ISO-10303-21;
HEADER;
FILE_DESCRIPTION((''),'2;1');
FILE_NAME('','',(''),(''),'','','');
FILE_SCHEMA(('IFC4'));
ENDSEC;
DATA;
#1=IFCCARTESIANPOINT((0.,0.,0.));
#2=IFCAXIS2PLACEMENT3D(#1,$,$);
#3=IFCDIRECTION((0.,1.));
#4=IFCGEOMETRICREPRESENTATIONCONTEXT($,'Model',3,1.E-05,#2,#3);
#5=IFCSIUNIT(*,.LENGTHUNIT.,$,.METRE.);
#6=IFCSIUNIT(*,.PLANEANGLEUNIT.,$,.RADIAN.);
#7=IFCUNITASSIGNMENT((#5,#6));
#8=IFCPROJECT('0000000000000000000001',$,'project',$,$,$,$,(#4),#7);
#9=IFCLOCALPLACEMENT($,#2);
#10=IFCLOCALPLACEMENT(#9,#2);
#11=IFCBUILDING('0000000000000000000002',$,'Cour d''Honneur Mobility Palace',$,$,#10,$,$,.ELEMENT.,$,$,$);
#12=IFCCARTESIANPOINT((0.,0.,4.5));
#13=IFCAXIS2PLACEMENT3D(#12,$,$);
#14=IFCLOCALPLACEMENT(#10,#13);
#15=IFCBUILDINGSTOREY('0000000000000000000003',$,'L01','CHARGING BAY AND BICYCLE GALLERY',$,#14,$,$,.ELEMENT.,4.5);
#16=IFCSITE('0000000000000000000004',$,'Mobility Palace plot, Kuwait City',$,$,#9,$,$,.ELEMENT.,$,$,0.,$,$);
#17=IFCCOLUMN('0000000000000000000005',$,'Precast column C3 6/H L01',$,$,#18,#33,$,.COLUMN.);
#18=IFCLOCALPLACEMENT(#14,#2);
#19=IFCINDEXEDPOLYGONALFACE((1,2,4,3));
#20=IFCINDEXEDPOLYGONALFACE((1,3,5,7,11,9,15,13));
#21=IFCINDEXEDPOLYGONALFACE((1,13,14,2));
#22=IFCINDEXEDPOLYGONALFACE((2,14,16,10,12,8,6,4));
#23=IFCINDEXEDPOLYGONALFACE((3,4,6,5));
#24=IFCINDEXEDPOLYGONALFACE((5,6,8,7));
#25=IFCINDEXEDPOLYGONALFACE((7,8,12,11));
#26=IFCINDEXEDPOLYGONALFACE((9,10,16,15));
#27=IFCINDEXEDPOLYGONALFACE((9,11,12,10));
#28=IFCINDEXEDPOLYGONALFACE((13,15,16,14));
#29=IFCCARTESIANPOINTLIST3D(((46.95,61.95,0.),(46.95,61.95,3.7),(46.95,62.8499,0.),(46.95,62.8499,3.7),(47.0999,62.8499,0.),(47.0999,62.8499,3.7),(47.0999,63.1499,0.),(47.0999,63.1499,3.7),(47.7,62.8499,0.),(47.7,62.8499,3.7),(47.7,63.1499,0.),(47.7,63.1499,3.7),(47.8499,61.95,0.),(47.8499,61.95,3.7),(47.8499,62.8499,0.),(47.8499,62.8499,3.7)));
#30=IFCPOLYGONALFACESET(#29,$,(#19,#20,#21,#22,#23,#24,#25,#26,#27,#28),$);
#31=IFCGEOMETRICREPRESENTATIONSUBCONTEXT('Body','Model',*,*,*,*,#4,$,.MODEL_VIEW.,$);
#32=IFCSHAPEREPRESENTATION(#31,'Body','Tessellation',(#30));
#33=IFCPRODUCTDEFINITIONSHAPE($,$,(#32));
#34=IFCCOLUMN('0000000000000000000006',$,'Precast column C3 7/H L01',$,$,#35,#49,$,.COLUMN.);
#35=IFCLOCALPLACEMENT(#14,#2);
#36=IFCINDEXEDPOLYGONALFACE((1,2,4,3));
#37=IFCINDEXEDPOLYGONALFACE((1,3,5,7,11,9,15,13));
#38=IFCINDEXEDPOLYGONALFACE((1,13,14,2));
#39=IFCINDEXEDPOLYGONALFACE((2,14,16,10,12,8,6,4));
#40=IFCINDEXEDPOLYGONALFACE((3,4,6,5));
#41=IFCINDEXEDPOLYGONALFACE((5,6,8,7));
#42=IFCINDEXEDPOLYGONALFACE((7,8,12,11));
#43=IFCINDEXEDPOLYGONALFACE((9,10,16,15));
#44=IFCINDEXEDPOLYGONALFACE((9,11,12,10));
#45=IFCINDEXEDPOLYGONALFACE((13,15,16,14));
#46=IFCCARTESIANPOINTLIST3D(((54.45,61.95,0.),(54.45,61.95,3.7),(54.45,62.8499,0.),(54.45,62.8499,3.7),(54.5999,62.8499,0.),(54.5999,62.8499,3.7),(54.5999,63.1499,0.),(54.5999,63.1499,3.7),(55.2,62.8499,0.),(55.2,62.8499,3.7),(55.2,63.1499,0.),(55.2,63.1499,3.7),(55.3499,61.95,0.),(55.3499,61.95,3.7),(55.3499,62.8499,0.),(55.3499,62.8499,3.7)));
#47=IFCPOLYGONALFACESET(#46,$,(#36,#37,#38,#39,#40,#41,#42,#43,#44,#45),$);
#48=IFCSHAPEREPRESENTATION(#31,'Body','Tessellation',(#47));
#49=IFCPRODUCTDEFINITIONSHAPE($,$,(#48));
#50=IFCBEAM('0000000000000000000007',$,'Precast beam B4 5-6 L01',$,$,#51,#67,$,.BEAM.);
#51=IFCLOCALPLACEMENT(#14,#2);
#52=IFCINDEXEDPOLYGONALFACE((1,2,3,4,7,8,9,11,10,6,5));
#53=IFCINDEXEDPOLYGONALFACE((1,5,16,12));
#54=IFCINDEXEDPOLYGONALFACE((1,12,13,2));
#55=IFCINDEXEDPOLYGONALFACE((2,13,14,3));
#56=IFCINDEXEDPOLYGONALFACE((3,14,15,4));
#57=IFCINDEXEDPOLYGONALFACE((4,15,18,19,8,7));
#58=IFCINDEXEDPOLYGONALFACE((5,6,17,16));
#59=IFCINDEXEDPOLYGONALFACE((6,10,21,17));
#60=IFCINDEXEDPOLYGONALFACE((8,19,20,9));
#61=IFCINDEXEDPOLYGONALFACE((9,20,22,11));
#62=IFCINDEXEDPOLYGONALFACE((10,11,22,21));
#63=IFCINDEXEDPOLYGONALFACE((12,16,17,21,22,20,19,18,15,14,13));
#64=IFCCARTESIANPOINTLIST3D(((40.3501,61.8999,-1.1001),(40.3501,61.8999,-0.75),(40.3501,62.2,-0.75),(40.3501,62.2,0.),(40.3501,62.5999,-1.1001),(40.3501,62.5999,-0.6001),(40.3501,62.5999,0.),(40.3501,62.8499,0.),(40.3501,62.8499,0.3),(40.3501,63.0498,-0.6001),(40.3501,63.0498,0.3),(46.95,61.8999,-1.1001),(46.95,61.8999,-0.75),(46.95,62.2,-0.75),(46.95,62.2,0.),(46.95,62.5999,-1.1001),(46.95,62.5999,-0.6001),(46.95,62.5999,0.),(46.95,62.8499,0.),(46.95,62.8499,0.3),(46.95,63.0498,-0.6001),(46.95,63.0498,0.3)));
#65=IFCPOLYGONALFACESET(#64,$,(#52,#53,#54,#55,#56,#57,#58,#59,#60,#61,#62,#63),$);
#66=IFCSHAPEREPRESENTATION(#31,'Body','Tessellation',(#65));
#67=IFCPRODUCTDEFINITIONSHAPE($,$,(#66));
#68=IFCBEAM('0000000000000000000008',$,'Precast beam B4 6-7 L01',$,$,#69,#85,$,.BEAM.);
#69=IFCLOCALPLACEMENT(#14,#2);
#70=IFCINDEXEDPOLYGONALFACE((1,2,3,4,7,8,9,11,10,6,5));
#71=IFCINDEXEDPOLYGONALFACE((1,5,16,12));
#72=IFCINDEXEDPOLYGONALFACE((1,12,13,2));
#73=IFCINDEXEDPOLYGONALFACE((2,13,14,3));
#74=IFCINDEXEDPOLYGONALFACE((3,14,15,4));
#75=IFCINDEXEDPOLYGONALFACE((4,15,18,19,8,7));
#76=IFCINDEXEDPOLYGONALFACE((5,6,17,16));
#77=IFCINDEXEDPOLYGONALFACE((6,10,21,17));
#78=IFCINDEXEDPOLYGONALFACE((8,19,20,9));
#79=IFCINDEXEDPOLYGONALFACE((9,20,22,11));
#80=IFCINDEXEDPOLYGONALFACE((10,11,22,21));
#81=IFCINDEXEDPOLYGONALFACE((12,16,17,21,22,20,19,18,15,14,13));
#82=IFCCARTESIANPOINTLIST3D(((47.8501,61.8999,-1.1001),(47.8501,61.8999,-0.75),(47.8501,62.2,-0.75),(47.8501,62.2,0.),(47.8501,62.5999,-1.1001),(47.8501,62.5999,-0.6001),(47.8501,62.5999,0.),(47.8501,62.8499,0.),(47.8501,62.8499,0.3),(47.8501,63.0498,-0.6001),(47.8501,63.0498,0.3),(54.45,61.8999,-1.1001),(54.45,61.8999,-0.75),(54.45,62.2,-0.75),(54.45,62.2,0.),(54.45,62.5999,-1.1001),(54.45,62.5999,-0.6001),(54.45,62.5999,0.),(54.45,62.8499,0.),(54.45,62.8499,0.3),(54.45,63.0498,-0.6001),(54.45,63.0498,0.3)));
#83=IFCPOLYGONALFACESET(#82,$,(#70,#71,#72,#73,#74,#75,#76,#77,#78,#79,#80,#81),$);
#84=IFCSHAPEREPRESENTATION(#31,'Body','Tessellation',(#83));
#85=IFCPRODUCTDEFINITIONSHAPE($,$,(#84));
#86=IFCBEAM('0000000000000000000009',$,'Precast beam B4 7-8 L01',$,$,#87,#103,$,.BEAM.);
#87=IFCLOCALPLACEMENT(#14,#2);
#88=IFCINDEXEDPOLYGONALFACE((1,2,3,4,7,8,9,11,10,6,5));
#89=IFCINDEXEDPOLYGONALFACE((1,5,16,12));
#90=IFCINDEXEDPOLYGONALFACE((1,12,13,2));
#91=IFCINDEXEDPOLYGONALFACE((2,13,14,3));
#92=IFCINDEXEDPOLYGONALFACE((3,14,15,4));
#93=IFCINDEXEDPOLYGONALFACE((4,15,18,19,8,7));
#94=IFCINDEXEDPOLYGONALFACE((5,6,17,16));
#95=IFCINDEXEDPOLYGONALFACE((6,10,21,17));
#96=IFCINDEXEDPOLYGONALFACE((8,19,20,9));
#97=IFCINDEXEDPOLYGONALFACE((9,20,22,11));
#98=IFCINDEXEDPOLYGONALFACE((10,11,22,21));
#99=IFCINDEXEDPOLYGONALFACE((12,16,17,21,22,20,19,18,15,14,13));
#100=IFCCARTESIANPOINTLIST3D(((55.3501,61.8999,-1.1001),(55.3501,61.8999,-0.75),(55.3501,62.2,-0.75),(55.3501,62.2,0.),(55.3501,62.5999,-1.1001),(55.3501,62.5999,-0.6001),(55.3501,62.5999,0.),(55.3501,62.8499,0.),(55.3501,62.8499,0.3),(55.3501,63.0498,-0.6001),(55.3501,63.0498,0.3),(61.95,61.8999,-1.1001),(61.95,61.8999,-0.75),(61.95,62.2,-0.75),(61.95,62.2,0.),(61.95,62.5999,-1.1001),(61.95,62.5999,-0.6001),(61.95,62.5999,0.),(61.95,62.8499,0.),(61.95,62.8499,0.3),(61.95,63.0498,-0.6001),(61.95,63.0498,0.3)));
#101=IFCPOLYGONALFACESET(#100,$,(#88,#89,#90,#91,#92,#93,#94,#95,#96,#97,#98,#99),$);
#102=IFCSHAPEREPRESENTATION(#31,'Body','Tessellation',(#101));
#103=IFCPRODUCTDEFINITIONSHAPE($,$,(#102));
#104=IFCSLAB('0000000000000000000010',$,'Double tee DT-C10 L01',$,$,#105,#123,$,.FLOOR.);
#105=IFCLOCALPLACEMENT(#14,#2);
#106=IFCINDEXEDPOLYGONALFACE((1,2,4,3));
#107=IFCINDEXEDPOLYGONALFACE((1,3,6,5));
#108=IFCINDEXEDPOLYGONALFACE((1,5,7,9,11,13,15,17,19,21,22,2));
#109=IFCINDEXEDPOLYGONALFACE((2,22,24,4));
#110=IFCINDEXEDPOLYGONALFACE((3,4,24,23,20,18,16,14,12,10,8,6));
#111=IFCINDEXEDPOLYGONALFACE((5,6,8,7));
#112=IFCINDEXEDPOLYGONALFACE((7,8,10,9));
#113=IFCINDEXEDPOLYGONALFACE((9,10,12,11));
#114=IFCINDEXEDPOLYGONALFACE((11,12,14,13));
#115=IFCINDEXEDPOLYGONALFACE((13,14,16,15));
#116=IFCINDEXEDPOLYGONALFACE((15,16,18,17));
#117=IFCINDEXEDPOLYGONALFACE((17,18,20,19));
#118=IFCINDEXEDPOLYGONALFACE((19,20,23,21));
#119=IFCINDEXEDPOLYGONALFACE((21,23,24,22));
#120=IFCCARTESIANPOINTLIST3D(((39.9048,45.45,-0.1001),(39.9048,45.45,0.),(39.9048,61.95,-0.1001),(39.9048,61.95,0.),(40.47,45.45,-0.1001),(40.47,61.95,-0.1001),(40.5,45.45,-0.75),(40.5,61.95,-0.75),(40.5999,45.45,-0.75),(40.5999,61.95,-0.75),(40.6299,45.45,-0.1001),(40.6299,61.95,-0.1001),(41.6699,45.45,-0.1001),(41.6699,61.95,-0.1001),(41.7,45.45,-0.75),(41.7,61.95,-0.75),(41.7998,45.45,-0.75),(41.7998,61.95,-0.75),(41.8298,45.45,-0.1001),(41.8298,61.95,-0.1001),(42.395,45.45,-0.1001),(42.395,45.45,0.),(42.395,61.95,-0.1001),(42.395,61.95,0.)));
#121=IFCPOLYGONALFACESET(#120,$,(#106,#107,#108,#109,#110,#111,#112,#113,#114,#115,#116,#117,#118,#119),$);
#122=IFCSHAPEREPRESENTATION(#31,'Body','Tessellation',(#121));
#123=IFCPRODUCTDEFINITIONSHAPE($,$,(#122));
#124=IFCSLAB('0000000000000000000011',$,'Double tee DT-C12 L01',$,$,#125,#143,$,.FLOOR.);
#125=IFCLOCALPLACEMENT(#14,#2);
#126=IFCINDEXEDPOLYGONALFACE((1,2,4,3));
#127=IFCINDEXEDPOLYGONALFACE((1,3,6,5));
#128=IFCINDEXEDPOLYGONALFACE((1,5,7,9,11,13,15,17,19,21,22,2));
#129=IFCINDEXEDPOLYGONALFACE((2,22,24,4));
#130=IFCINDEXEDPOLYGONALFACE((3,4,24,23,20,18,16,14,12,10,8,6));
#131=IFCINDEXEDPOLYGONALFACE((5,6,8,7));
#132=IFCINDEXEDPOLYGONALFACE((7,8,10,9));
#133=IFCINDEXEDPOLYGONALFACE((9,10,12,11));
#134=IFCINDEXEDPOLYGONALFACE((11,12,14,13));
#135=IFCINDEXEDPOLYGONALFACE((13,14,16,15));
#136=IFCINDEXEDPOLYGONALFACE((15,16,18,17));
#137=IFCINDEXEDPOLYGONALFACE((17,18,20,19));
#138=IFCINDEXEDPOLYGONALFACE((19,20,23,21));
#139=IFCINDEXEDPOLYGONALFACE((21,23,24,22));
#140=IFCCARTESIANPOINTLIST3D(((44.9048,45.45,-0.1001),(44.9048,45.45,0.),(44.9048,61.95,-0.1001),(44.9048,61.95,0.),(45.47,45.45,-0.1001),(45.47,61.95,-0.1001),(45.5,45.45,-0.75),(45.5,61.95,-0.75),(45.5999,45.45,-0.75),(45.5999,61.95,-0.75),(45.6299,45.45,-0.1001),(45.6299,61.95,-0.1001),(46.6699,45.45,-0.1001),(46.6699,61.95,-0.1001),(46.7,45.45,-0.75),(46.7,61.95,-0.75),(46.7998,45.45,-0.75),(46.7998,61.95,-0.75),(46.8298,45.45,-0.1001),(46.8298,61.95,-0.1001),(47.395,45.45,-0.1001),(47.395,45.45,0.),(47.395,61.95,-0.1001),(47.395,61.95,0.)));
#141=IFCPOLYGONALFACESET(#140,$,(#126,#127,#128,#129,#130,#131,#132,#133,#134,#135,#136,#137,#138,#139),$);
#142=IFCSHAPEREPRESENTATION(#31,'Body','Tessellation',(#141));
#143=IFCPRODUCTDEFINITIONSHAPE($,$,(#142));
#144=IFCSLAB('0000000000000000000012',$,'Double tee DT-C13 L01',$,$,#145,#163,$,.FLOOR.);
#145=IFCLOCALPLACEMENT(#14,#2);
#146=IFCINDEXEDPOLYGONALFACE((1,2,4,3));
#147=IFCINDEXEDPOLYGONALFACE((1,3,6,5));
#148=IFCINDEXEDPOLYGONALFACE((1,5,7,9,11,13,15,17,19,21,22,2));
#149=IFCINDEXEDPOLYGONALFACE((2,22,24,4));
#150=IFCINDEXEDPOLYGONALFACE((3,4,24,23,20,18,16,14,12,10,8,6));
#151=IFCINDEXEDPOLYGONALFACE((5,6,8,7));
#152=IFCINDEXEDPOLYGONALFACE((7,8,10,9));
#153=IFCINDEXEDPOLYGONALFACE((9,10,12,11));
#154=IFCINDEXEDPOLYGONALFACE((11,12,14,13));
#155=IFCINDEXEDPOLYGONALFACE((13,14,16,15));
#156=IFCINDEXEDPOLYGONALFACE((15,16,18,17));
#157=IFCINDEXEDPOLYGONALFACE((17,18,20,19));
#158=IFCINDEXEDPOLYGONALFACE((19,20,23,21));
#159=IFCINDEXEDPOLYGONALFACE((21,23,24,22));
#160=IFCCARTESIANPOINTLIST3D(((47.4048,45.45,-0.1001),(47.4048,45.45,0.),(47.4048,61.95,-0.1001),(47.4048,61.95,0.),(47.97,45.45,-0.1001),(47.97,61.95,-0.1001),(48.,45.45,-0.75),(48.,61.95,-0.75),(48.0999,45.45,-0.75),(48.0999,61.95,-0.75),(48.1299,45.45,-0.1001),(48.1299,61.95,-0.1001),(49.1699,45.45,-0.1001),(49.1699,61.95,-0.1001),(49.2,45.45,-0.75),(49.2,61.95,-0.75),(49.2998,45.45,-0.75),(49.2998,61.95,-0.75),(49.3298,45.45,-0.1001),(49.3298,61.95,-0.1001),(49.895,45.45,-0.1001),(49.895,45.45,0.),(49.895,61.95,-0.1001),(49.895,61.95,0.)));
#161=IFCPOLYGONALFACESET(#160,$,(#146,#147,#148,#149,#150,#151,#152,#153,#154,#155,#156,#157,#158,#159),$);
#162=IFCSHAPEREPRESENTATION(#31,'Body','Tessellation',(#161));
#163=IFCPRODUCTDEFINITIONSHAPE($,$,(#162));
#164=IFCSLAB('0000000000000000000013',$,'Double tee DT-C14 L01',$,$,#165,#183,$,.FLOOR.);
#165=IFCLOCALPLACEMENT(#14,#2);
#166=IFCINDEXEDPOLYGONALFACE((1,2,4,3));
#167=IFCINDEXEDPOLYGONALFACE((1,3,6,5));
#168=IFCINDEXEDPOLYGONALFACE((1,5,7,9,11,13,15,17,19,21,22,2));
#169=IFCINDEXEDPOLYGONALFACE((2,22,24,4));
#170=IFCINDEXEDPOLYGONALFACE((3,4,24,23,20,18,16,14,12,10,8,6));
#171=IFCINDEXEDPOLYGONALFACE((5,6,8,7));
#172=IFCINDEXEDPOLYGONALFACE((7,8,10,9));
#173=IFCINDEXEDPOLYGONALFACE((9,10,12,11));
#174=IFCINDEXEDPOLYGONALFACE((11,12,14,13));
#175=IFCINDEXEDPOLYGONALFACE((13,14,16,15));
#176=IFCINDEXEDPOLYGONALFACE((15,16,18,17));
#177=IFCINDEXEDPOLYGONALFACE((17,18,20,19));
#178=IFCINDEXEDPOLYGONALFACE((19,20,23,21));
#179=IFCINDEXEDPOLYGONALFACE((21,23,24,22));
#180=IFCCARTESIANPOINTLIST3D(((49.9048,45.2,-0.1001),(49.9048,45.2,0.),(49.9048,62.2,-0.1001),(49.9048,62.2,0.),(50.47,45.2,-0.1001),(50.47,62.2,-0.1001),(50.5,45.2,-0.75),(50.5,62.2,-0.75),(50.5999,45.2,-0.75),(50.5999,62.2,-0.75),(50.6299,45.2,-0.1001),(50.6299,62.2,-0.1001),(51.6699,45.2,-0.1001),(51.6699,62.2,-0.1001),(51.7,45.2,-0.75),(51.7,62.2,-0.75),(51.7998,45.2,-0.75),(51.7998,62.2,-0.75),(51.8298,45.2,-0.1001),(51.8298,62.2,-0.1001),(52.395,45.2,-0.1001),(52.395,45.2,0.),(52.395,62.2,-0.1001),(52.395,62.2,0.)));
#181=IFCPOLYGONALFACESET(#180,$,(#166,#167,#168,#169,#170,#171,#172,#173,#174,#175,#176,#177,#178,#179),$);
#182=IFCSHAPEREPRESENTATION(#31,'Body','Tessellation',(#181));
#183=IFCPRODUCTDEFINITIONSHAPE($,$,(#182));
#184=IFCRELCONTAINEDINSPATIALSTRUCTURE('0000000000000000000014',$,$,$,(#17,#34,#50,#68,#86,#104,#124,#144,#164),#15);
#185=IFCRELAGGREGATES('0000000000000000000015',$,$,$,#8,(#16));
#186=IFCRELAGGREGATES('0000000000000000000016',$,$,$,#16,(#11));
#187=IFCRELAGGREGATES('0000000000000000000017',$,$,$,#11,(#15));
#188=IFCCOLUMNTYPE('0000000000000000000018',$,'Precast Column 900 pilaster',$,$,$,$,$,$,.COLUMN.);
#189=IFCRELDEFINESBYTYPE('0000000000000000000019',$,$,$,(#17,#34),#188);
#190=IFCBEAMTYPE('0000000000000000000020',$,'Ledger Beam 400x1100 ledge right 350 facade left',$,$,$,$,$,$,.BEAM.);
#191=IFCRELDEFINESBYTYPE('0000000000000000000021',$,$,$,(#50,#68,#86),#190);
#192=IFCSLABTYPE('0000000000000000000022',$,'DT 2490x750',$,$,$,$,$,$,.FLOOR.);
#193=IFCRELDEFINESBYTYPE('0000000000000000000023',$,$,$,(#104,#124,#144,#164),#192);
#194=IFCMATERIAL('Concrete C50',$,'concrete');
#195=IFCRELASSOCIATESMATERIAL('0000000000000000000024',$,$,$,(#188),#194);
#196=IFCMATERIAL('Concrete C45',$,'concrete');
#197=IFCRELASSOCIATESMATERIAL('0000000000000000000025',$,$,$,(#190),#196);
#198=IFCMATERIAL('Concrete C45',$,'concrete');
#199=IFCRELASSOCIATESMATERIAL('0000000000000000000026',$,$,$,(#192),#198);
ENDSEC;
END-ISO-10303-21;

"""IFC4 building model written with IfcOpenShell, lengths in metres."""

from ifc_helpers import new_model, si_unit, direction, frame, origin, place, context, subcontext, project, spatial, polyline, outline, extrude, material, material_profile, profile_set, type_object, element, save


model = new_model("IFC4")

# Units and contexts
model_context = context("Model", 3, precision=1e-05, world=origin(), true_north=direction((0.0, 1.0)))
body_context = subcontext(model_context, "Body", "Model", "MODEL_VIEW")
ifc_project = project(units=[si_unit("LENGTHUNIT", "METRE"), si_unit("PLANEANGLEUNIT", "RADIAN")], contexts=[model_context])

# Site, building, storey
site_placement = place(None, origin())
site = spatial("IfcSite", under=ifc_project, at=site_placement, Name="Mobility Palace plot, Kuwait City", CompositionType="ELEMENT", RefElevation=0.0)
building_placement = place(site_placement, origin())
building = spatial("IfcBuilding", under=site, at=building_placement, Name="Cour d'Honneur Mobility Palace", CompositionType="ELEMENT")
storey_placement = place(building_placement, frame((0.0, 0.0, 4.5)))
storey = spatial("IfcBuildingStorey", under=building, at=storey_placement, Name="L01", Description="CHARGING BAY AND BICYCLE GALLERY", CompositionType="ELEMENT", Elevation=4.5)

# Columns
ifc_material_1 = material(Name="Concrete C50", Category="concrete")
ifc_material_profile_1 = material_profile(ifc_material_1, outline(polyline([(-0.45, -0.45), (0.45, -0.45), (0.45, -0.3), (0.75, -0.3), (0.75, 0.3), (0.45, 0.3), (0.45, 0.45), (-0.45, 0.45), (-0.45, -0.45)])), Name="PC C900 pilaster")
ifc_profile_set_1 = profile_set([ifc_material_profile_1], Name="Concrete C50")
column_type = type_object("IfcColumnType", Name="Precast Column 900 pilaster", PredefinedType="COLUMN", material=ifc_profile_set_1)
for number, where, z_axis, x_axis, name in (
    (1, (47.3999, 62.3999, 0.0), (0.0, 0.0, 1.0), (0.0, 1.0, 0.0), "Precast column C3 6/H L01"),
    (2, (54.8999, 62.3999, 0.0), (0.0, 0.0, 1.0), (0.0, 1.0, 0.0), "Precast column C3 7/H L01"),
):
    element("IfcColumn", number, at=place(storey_placement, frame(where, z_axis=z_axis, x_axis=x_axis)), inside=storey, type_object=column_type, Name=name, PredefinedType="COLUMN", context=body_context, shape_type="SweptSolid", body=[
        extrude(outline(polyline([(-0.45, -0.45), (0.45, -0.45), (0.45, -0.3), (0.75, -0.3), (0.75, 0.3), (0.45, 0.3), (0.45, 0.45), (-0.45, 0.45), (-0.45, -0.45)])), origin(), (0.0, 0.0, 1.0), 3.7),
    ])

# Beams
ifc_material_2 = material(Name="Concrete C45", Category="concrete")
ifc_material_profile_2 = material_profile(ifc_material_2, outline(polyline([(0.2, -1.1001), (0.2, -0.6001), (0.6499, -0.6001), (0.6499, 0.3), (0.45, 0.3), (0.45, 0.0), (0.2, 0.0), (-0.2, 0.0), (-0.2, -0.75), (-0.5, -0.75), (-0.5, -1.1001), (0.2, -1.1001)])), Name="Ledger Beam 400x1100 ledge right 350 facade left")
ifc_profile_set_2 = profile_set([ifc_material_profile_2], Name="Concrete C45")
beam_type = type_object("IfcBeamType", Name="Ledger Beam 400x1100 ledge right 350 facade left", PredefinedType="BEAM", material=ifc_profile_set_2)
for number, where, z_axis, x_axis, name in (
    (3, (40.3501, 62.3999, 0.0), (1.0, 0.0, 0.0), (0.0, 1.0, 0.0), "Precast beam B4 5-6 L01"),
    (4, (47.8501, 62.3999, 0.0), (1.0, 0.0, 0.0), (0.0, 1.0, 0.0), "Precast beam B4 6-7 L01"),
    (5, (55.3501, 62.3999, 0.0), (1.0, 0.0, 0.0), (0.0, 1.0, 0.0), "Precast beam B4 7-8 L01"),
):
    element("IfcBeam", number, at=place(storey_placement, frame(where, z_axis=z_axis, x_axis=x_axis)), inside=storey, type_object=beam_type, Name=name, PredefinedType="BEAM", context=body_context, shape_type="SweptSolid", body=[
        extrude(outline(polyline([(0.2, -1.1001), (0.2, -0.6001), (0.6499, -0.6001), (0.6499, 0.3), (0.45, 0.3), (0.45, 0.0), (0.2, 0.0), (-0.2, 0.0), (-0.2, -0.75), (-0.5, -0.75), (-0.5, -1.1001), (0.2, -1.1001)])), origin(), (0.0, 0.0, 1.0), 6.5999),
    ])

# Slabs
ifc_material_3 = material(Name="Concrete C45", Category="concrete")
ifc_material_profile_3 = material_profile(ifc_material_3, outline(polyline([(-1.2451, 0.0), (1.2451, 0.0), (1.2451, -0.1001), (0.6799, -0.1001), (0.6499, -0.75), (0.55, -0.75), (0.52, -0.1001), (-0.52, -0.1001), (-0.55, -0.75), (-0.6499, -0.75), (-0.6799, -0.1001), (-1.2451, -0.1001), (-1.2451, 0.0)])), Name="DT 2490x750")
ifc_profile_set_3 = profile_set([ifc_material_profile_3], Name="Concrete C45")
slab_type = type_object("IfcSlabType", Name="DT 2490x750", PredefinedType="FLOOR", material=ifc_profile_set_3)
for number, where, z_axis, x_axis, name in (
    (6, (41.1499, 45.45, 0.0), (0.0, 1.0, 0.0), (-1.0, 0.0, 0.0), "Double tee DT-C10 L01"),
    (7, (46.1499, 45.45, 0.0), (0.0, 1.0, 0.0), (-1.0, 0.0, 0.0), "Double tee DT-C12 L01"),
    (8, (48.6499, 45.45, 0.0), (0.0, 1.0, 0.0), (-1.0, 0.0, 0.0), "Double tee DT-C13 L01"),
):
    element("IfcSlab", number, at=place(storey_placement, frame(where, z_axis=z_axis, x_axis=x_axis)), inside=storey, type_object=slab_type, Name=name, PredefinedType="FLOOR", context=body_context, shape_type="SweptSolid", body=[
        extrude(outline(polyline([(-1.2451, 0.0), (1.2451, 0.0), (1.2451, -0.1001), (0.6799, -0.1001), (0.6499, -0.75), (0.55, -0.75), (0.52, -0.1001), (-0.52, -0.1001), (-0.55, -0.75), (-0.6499, -0.75), (-0.6799, -0.1001), (-1.2451, -0.1001), (-1.2451, 0.0)])), origin(), (0.0, 0.0, 1.0), 16.5),
    ])
slab_placement = place(storey_placement, frame((51.1499, 45.2, 0.0), z_axis=(0.0, 1.0, 0.0), x_axis=(-1.0, 0.0, 0.0)))
element("IfcSlab", 9, at=slab_placement, inside=storey, type_object=slab_type, Name="Double tee DT-C14 L01", PredefinedType="FLOOR", context=body_context, shape_type="SweptSolid", body=[
    extrude(outline(polyline([(-1.2451, 0.0), (1.2451, 0.0), (1.2451, -0.1001), (0.6799, -0.1001), (0.6499, -0.75), (0.55, -0.75), (0.52, -0.1001), (-0.52, -0.1001), (-0.55, -0.75), (-0.6499, -0.75), (-0.6799, -0.1001), (-1.2451, -0.1001), (-1.2451, 0.0)])), origin(), (0.0, 0.0, 1.0), 17.0),
])

save(model, "model.ifc")
